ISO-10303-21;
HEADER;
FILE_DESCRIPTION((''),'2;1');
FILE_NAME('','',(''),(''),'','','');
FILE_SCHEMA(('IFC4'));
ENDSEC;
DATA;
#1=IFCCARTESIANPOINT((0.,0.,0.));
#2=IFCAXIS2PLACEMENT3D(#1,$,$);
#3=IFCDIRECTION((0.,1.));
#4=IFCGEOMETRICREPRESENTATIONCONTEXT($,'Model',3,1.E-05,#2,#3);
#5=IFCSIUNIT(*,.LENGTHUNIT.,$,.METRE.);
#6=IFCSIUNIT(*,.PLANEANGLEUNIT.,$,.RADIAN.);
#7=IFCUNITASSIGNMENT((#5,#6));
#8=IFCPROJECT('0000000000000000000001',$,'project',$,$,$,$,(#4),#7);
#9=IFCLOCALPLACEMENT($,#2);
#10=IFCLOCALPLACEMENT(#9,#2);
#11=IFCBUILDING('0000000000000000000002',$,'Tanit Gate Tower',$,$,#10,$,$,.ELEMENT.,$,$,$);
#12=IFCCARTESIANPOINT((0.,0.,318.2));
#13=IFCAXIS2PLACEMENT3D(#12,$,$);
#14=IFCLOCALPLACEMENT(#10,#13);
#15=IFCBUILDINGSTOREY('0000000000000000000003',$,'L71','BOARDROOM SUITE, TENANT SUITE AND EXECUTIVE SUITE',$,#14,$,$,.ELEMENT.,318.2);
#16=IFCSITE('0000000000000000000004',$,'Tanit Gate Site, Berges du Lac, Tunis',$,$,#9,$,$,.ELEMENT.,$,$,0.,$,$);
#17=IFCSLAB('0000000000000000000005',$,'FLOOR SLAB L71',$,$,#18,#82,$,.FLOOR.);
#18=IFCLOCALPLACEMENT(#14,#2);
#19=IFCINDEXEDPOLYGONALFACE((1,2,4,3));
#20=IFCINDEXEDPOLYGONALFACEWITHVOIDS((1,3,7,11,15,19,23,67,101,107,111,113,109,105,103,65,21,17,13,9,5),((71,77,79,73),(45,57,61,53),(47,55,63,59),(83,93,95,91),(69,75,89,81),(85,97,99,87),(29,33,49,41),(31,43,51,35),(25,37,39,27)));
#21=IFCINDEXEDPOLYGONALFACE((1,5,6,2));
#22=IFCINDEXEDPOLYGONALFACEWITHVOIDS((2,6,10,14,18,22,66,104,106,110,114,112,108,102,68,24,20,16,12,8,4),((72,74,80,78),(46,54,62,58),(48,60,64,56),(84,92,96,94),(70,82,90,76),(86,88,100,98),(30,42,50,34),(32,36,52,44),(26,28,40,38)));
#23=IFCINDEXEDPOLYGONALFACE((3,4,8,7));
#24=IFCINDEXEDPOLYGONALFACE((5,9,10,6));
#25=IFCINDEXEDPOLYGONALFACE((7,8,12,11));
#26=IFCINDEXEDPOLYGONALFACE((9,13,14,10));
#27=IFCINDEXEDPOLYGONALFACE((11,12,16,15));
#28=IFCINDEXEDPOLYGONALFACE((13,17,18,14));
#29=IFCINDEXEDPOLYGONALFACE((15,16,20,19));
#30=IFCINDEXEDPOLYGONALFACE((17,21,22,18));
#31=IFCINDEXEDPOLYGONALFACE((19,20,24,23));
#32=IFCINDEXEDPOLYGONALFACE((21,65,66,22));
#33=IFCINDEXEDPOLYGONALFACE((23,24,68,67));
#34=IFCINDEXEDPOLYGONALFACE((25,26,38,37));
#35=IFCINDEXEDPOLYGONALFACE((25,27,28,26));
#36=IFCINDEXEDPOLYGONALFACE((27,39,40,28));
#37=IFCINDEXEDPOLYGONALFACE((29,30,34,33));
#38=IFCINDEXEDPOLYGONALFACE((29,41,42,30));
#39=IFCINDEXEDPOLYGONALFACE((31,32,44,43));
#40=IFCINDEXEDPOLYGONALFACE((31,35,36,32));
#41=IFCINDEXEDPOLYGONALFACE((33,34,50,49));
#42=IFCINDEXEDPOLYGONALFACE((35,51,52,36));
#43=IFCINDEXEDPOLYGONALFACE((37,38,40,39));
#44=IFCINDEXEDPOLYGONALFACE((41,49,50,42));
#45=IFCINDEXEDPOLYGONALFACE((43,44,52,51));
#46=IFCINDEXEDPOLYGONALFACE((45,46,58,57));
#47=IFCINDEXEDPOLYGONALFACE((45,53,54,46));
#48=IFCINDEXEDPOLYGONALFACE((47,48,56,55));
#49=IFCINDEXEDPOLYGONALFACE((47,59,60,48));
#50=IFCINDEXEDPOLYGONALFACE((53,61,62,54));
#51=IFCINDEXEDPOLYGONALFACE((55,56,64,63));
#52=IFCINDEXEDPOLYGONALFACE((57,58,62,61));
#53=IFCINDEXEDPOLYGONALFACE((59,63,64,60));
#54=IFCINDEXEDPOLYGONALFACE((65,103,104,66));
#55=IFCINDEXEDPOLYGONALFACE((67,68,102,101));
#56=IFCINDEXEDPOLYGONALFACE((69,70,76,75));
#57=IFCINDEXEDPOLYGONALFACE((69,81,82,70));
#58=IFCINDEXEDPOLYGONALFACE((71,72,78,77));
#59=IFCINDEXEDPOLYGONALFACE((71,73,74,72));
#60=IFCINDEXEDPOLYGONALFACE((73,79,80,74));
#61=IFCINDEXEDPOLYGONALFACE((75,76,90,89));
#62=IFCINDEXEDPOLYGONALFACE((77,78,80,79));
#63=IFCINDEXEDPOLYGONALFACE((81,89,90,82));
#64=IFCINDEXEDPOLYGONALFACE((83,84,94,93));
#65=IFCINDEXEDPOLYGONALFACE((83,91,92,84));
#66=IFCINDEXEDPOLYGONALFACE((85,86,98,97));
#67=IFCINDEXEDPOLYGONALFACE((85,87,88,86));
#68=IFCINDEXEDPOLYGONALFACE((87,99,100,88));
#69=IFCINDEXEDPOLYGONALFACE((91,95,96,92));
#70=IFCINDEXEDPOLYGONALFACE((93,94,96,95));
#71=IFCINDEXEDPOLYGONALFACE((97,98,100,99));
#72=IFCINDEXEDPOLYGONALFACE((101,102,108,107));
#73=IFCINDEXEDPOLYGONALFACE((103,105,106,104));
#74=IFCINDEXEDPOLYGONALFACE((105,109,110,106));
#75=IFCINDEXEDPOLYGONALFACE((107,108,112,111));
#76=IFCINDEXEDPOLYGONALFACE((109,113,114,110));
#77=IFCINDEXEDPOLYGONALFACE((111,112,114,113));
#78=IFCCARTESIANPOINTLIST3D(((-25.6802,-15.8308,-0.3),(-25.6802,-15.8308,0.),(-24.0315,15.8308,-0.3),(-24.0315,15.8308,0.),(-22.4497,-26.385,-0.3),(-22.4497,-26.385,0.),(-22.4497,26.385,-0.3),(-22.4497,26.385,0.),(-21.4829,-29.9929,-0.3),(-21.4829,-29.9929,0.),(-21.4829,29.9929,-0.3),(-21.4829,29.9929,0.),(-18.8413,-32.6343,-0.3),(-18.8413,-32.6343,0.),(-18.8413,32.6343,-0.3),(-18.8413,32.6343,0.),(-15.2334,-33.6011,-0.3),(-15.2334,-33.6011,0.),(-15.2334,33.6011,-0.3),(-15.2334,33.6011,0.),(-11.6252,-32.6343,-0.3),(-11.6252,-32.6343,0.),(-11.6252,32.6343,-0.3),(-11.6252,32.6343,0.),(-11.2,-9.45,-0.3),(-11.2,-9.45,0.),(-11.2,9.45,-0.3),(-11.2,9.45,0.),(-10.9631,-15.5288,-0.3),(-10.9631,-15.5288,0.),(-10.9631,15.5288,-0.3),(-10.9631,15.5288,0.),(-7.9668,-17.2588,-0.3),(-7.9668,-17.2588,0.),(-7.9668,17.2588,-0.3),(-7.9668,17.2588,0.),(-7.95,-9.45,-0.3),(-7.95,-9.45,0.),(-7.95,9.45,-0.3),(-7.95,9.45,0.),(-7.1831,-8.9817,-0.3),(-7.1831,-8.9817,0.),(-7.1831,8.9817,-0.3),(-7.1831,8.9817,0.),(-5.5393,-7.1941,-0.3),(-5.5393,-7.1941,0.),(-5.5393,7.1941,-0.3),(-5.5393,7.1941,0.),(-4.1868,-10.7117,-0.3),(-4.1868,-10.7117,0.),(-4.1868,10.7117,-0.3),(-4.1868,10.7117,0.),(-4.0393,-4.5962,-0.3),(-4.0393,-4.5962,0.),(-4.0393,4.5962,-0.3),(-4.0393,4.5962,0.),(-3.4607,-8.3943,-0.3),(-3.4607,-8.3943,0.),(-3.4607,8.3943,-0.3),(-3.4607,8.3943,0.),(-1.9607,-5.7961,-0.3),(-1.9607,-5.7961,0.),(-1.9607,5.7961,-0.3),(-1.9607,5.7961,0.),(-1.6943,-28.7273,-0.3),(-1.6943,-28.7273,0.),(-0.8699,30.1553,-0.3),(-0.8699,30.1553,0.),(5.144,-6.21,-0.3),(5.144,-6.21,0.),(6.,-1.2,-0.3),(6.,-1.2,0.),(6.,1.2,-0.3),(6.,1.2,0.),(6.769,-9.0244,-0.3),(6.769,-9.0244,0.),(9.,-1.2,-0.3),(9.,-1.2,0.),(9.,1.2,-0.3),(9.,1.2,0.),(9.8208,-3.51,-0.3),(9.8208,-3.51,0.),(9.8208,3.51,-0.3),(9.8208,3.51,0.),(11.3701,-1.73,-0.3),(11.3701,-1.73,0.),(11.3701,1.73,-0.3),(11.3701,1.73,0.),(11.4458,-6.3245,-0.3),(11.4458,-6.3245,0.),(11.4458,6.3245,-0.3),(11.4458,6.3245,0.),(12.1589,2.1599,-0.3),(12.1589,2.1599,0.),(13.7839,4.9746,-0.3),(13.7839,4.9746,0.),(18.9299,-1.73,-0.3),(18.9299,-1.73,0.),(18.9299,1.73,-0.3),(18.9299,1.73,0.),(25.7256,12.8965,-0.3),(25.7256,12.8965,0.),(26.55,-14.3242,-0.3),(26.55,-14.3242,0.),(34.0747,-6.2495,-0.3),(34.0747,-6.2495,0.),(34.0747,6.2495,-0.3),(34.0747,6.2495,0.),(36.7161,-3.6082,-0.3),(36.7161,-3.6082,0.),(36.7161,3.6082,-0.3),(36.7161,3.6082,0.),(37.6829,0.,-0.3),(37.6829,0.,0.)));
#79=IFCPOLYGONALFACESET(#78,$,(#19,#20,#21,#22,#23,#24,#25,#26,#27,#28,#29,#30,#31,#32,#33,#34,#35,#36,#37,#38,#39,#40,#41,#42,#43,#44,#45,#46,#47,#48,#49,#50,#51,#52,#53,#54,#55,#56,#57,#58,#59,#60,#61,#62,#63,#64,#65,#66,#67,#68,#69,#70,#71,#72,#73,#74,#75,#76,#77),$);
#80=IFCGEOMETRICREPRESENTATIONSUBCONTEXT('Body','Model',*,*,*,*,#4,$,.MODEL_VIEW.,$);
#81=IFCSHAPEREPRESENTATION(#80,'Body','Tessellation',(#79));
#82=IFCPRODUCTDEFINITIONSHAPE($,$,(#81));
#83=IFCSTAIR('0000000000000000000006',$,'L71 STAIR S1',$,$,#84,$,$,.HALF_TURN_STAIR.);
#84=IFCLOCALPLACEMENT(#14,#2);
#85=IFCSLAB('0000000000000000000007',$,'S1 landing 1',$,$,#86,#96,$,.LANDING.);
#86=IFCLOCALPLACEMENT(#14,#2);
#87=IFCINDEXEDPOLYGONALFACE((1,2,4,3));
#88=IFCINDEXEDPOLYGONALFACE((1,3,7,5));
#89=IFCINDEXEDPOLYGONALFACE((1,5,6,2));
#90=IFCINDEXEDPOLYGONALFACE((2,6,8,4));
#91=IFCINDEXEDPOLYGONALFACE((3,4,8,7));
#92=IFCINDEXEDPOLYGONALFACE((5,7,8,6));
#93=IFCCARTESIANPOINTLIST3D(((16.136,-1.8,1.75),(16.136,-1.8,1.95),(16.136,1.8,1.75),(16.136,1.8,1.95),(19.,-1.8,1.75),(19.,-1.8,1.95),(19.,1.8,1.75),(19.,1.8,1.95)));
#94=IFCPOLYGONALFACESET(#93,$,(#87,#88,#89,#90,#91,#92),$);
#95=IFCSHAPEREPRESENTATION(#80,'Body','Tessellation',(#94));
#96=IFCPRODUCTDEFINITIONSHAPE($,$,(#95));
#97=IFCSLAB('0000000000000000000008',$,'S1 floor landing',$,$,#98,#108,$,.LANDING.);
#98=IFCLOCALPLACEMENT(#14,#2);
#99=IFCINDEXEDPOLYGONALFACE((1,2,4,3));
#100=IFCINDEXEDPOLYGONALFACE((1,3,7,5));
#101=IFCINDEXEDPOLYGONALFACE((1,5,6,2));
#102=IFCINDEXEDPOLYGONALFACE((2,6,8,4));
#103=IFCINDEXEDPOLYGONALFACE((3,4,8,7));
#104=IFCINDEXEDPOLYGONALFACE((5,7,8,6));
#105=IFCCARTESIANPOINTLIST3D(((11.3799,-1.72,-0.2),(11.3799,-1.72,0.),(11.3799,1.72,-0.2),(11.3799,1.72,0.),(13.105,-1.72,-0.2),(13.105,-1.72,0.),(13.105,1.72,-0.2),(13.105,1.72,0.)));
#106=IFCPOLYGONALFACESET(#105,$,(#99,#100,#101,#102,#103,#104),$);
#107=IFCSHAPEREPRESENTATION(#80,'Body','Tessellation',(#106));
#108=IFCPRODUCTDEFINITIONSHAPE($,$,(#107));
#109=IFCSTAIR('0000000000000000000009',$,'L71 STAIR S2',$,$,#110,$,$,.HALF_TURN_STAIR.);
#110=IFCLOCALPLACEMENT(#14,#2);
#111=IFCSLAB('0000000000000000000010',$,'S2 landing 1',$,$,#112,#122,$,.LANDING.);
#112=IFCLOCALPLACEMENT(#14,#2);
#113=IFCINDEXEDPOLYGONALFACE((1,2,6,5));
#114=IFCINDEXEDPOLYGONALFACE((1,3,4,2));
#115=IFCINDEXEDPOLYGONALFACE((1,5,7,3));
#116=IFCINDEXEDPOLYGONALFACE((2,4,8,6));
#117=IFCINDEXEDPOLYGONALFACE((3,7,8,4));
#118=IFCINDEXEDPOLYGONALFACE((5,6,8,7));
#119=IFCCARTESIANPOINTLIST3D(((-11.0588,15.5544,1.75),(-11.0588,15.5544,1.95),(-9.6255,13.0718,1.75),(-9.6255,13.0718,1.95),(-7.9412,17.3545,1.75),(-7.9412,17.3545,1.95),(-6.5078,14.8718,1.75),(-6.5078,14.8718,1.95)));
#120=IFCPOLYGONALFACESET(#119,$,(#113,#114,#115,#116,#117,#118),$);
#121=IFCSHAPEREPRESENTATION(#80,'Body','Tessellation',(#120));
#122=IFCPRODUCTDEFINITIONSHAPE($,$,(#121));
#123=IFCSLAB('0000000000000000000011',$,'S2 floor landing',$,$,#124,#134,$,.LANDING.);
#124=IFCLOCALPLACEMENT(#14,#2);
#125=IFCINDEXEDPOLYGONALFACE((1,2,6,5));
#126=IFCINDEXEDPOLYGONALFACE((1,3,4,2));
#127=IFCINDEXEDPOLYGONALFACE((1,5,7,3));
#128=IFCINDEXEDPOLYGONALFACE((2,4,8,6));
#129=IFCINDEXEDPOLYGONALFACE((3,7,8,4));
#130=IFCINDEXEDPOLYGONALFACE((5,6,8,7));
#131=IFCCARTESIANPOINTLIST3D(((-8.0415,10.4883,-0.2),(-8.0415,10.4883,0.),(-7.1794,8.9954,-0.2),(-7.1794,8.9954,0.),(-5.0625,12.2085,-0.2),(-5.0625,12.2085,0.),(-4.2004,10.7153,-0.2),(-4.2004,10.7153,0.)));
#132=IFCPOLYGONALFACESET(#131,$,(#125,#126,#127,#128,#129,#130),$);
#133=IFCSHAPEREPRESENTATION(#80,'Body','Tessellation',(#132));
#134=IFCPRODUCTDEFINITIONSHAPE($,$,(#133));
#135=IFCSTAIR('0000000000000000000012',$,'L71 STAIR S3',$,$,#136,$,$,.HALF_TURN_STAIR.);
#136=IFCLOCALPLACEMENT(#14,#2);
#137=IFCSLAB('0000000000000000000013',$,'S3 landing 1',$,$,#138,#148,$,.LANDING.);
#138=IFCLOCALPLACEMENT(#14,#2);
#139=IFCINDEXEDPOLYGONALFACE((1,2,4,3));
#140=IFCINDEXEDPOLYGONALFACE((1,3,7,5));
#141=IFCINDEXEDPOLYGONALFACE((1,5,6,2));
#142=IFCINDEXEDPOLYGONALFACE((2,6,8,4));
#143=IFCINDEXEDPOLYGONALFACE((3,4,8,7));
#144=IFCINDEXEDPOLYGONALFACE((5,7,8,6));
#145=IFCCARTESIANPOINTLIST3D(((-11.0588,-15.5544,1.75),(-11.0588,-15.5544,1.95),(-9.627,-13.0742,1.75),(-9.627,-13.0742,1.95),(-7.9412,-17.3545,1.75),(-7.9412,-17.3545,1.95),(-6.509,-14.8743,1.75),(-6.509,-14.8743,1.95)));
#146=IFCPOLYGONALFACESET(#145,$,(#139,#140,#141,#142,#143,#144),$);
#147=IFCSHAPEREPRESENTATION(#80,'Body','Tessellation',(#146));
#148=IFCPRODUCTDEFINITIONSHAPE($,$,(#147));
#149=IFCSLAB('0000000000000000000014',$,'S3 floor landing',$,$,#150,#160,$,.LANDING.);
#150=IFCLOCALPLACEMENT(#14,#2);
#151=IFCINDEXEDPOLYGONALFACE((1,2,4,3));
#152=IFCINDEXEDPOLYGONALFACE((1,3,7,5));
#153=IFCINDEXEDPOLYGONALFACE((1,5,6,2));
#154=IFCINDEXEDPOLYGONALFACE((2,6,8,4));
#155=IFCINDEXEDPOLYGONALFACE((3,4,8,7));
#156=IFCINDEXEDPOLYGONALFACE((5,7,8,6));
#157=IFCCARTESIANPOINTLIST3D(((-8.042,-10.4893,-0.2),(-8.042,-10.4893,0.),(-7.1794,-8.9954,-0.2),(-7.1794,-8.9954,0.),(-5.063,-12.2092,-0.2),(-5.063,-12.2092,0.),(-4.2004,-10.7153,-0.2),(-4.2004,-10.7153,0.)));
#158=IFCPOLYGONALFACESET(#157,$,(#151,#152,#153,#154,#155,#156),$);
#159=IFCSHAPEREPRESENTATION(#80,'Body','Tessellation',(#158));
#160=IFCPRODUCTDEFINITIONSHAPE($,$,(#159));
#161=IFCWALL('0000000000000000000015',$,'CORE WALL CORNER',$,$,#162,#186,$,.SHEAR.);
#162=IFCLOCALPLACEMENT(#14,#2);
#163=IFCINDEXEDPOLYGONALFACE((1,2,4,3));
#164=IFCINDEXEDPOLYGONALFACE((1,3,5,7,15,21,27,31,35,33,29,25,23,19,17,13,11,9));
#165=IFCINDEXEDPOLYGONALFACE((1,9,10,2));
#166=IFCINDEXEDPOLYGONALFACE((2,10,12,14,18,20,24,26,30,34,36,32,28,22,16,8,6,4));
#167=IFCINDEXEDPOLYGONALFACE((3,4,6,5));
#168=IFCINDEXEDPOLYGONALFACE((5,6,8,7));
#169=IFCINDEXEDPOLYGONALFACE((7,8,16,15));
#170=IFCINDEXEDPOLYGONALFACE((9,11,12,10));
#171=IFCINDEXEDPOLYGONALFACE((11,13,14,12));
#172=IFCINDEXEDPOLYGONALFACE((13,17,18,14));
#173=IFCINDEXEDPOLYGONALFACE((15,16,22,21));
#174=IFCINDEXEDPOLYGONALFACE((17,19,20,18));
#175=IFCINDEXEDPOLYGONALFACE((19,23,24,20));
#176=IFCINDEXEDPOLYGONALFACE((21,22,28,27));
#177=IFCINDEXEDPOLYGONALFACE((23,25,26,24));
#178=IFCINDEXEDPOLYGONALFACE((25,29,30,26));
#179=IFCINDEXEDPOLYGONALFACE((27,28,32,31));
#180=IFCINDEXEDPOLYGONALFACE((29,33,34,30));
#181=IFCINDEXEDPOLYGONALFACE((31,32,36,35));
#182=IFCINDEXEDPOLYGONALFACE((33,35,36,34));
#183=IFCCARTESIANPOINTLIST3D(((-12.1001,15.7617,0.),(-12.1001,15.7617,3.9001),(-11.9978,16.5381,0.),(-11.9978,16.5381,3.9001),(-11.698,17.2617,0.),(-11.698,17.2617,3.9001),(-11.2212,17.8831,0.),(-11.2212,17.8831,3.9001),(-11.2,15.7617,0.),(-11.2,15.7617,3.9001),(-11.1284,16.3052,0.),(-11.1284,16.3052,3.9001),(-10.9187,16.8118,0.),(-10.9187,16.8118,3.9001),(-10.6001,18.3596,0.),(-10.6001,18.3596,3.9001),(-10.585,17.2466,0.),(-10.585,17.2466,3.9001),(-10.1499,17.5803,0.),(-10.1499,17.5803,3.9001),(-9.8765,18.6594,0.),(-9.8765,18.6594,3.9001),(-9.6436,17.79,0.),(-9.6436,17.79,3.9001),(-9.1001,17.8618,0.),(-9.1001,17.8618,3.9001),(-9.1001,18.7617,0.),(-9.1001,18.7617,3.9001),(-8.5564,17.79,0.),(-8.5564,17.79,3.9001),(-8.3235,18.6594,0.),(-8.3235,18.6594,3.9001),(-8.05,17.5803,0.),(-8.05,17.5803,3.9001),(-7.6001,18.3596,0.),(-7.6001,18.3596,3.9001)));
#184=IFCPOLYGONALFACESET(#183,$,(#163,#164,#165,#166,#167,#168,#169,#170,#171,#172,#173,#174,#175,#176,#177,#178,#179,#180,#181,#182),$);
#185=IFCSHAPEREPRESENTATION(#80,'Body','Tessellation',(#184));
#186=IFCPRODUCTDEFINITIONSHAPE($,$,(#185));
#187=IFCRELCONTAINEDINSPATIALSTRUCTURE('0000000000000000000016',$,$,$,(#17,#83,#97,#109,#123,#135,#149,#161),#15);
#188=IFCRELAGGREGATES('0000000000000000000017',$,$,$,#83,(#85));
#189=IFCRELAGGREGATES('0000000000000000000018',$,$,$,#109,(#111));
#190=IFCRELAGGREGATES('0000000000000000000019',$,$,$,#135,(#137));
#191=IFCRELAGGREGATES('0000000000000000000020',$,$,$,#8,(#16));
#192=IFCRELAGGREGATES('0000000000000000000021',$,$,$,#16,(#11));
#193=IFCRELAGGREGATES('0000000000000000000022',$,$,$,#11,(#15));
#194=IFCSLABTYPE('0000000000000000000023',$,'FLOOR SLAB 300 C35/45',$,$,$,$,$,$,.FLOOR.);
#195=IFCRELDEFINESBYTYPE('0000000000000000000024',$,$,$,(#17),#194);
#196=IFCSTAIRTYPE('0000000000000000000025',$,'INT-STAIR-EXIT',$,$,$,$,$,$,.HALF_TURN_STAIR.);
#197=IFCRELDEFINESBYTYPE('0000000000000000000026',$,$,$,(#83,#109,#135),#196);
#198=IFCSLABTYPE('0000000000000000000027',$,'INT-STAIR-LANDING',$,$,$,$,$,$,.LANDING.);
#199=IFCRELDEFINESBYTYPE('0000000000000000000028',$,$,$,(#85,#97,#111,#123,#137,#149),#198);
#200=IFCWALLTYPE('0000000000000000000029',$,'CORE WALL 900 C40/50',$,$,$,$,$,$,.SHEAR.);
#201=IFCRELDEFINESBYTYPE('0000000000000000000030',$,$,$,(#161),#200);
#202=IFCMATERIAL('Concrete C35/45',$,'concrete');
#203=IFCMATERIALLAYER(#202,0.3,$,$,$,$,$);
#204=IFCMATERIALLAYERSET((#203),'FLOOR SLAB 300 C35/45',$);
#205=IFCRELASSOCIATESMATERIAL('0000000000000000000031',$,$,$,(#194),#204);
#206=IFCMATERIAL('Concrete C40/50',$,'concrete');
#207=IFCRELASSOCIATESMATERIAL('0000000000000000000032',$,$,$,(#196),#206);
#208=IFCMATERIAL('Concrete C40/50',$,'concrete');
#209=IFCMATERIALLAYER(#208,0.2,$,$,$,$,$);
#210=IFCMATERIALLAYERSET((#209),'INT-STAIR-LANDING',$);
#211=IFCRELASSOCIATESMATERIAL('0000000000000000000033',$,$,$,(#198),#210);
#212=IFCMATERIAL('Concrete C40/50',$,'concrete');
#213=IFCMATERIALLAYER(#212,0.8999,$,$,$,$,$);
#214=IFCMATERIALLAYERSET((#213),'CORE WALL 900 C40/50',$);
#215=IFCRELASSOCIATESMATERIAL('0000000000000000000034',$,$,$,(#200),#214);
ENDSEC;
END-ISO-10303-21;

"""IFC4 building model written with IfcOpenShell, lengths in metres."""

from ifc_helpers import new_model, si_unit, direction, frame, origin, place, context, subcontext, project, spatial, polyline, outline, extrude, material, layer, layer_set, type_object, element, aggregate, save


model = new_model("IFC4")

# Units and contexts
model_context = context("Model", 3, precision=1e-05, world=origin(), true_north=direction((0.0, 1.0)))
body_context = subcontext(model_context, "Body", "Model", "MODEL_VIEW")
ifc_project = project(units=[si_unit("LENGTHUNIT", "METRE"), si_unit("PLANEANGLEUNIT", "RADIAN")], contexts=[model_context])

# Site, building, storey
site_placement = place(None, origin())
site = spatial("IfcSite", under=ifc_project, at=site_placement, Name="Tanit Gate Site, Berges du Lac, Tunis", CompositionType="ELEMENT", RefElevation=0.0)
building_placement = place(site_placement, origin())
building = spatial("IfcBuilding", under=site, at=building_placement, Name="Tanit Gate Tower", CompositionType="ELEMENT")
storey_placement = place(building_placement, frame((0.0, 0.0, 318.2)))
storey = spatial("IfcBuildingStorey", under=building, at=storey_placement, Name="L71", Description="BOARDROOM SUITE, TENANT SUITE AND EXECUTIVE SUITE", CompositionType="ELEMENT", Elevation=318.2)

# Slab
ifc_material_1 = material(Name="Concrete C35/45", Category="concrete")
ifc_layer_1 = layer(ifc_material_1, 0.3)
ifc_layer_set_1 = layer_set([ifc_layer_1], Name="FLOOR SLAB 300 C35/45")
slab_type_1 = type_object("IfcSlabType", Name="FLOOR SLAB 300 C35/45", PredefinedType="FLOOR", material=ifc_layer_set_1)
slab_1_placement = place(storey_placement, frame((0.0, 0.0, -0.3)))
element("IfcSlab", 1, at=slab_1_placement, inside=storey, type_object=slab_type_1, Name="FLOOR SLAB L71", PredefinedType="FLOOR", context=body_context, shape_type="SweptSolid", body=[
    extrude(outline(polyline([(34.0747, 6.2495), (36.7161, 3.6082), (37.6829, 0.0), (36.7161, -3.6082), (34.0747, -6.2495), (26.55, -14.3242), (-1.6943, -28.7273), (-11.6252, -32.6343), (-15.2334, -33.6011), (-18.8413, -32.6343), (-21.4829, -29.9929), (-22.4497, -26.385), (-25.6802, -15.8308), (-24.0315, 15.8308), (-22.4497, 26.385), (-21.4829, 29.9929), (-18.8413, 32.6343), (-15.2334, 33.6011), (-11.6252, 32.6343), (-0.8699, 30.1553), (25.7256, 12.8965), (34.0747, 6.2495)]), holes=[polyline([(11.3701, 1.73), (18.9299, 1.73), (18.9299, -1.73), (11.3701, -1.73), (11.3701, 1.73)]), polyline([(12.1589, 2.1599), (9.8208, 3.51), (11.4458, 6.3245), (13.7839, 4.9746), (12.1589, 2.1599)]), polyline([(11.4458, -6.3245), (6.769, -9.0244), (5.144, -6.21), (9.8208, -3.51), (11.4458, -6.3245)]), polyline([(6.0, 1.2), (9.0, 1.2), (9.0, -1.2), (6.0, -1.2), (6.0, 1.2)]), polyline([(-4.0393, 4.5962), (-5.5393, 7.1941), (-3.4607, 8.3943), (-1.9607, 5.7961), (-4.0393, 4.5962)]), polyline([(-1.9607, -5.7961), (-3.4607, -8.3943), (-5.5393, -7.1941), (-4.0393, -4.5962), (-1.9607, -5.7961)]), polyline([(-7.1831, 8.9817), (-10.9631, 15.5288), (-7.9668, 17.2588), (-4.1868, 10.7117), (-7.1831, 8.9817)]), polyline([(-4.1868, -10.7117), (-7.9668, -17.2588), (-10.9631, -15.5288), (-7.1831, -8.9817), (-4.1868, -10.7117)]), polyline([(-11.2, -9.45), (-11.2, 9.45), (-7.95, 9.45), (-7.95, -9.45), (-11.2, -9.45)])]), origin(), (0.0, 0.0, 1.0), 0.3),
])

# Stair, slab
ifc_material_2 = material(Name="Concrete C40/50", Category="concrete")
stair_type = type_object("IfcStairType", Name="INT-STAIR-EXIT", PredefinedType="HALF_TURN_STAIR", material=ifc_material_2)
stair_1_placement = place(storey_placement, origin())
stair_1 = element("IfcStair", 2, at=stair_1_placement, inside=storey, type_object=stair_type, Name="L71 STAIR S1", PredefinedType="HALF_TURN_STAIR")
ifc_material_3 = material(Name="Concrete C40/50", Category="concrete")
ifc_layer_2 = layer(ifc_material_3, 0.2)
ifc_layer_set_2 = layer_set([ifc_layer_2], Name="INT-STAIR-LANDING")
slab_type_2 = type_object("IfcSlabType", Name="INT-STAIR-LANDING", PredefinedType="LANDING", material=ifc_layer_set_2)
slab_2_placement = place(storey_placement, frame((0.0, 0.0, 1.75)))
slab_2 = element("IfcSlab", 3, at=slab_2_placement, type_object=slab_type_2, Name="S1 landing 1", PredefinedType="LANDING", context=body_context, shape_type="SweptSolid", body=[
    extrude(outline(polyline([(16.136, -1.8), (19.0, -1.8), (19.0, 1.8), (16.136, 1.8), (16.136, -1.8)])), origin(), (0.0, 0.0, 1.0), 0.2),
])
aggregate(stair_1, [slab_2])

# Slab
slab_3_placement = place(storey_placement, frame((0.0, 0.0, -0.2)))
element("IfcSlab", 4, at=slab_3_placement, inside=storey, type_object=slab_type_2, Name="S1 floor landing", PredefinedType="LANDING", context=body_context, shape_type="SweptSolid", body=[
    extrude(outline(polyline([(11.3799, -1.72), (13.105, -1.72), (13.105, 1.72), (11.3799, 1.72), (11.3799, -1.72)])), origin(), (0.0, 0.0, 1.0), 0.2),
])

# Stair, slab
stair_2_placement = place(storey_placement, origin())
stair_2 = element("IfcStair", 5, at=stair_2_placement, inside=storey, type_object=stair_type, Name="L71 STAIR S2", PredefinedType="HALF_TURN_STAIR")
slab_4_placement = place(storey_placement, frame((0.0, 0.0, 1.75)))
slab_4 = element("IfcSlab", 6, at=slab_4_placement, type_object=slab_type_2, Name="S2 landing 1", PredefinedType="LANDING", context=body_context, shape_type="SweptSolid", body=[
    extrude(outline(polyline([(-6.5078, 14.8718), (-7.9412, 17.3545), (-11.0588, 15.5544), (-9.6255, 13.0718), (-6.5078, 14.8718)])), origin(), (0.0, 0.0, 1.0), 0.2),
])
aggregate(stair_2, [slab_4])

# Slab
slab_5_placement = place(storey_placement, frame((0.0, 0.0, -0.2)))
element("IfcSlab", 7, at=slab_5_placement, inside=storey, type_object=slab_type_2, Name="S2 floor landing", PredefinedType="LANDING", context=body_context, shape_type="SweptSolid", body=[
    extrude(outline(polyline([(-4.2004, 10.7153), (-5.0625, 12.2085), (-8.0415, 10.4883), (-7.1794, 8.9954), (-4.2004, 10.7153)])), origin(), (0.0, 0.0, 1.0), 0.2),
])

# Stair, slab
stair_3_placement = place(storey_placement, origin())
stair_3 = element("IfcStair", 8, at=stair_3_placement, inside=storey, type_object=stair_type, Name="L71 STAIR S3", PredefinedType="HALF_TURN_STAIR")
slab_6_placement = place(storey_placement, frame((0.0, 0.0, 1.75)))
slab_6 = element("IfcSlab", 9, at=slab_6_placement, type_object=slab_type_2, Name="S3 landing 1", PredefinedType="LANDING", context=body_context, shape_type="SweptSolid", body=[
    extrude(outline(polyline([(-9.627, -13.0742), (-11.0588, -15.5544), (-7.9412, -17.3545), (-6.509, -14.8743), (-9.627, -13.0742)])), origin(), (0.0, 0.0, 1.0), 0.2),
])
aggregate(stair_3, [slab_6])

# Slab
slab_7_placement = place(storey_placement, frame((0.0, 0.0, -0.2)))
element("IfcSlab", 10, at=slab_7_placement, inside=storey, type_object=slab_type_2, Name="S3 floor landing", PredefinedType="LANDING", context=body_context, shape_type="SweptSolid", body=[
    extrude(outline(polyline([(-7.1794, -8.9954), (-8.042, -10.4893), (-5.063, -12.2092), (-4.2004, -10.7153), (-7.1794, -8.9954)])), origin(), (0.0, 0.0, 1.0), 0.2),
])

# Wall
ifc_material_4 = material(Name="Concrete C40/50", Category="concrete")
ifc_layer_3 = layer(ifc_material_4, 0.8999)
ifc_layer_set_3 = layer_set([ifc_layer_3], Name="CORE WALL 900 C40/50")
wall_type_1 = type_object("IfcWallType", Name="CORE WALL 900 C40/50", PredefinedType="SHEAR", material=ifc_layer_set_3)
wall_1_placement = place(storey_placement, origin())
element("IfcWall", 11, at=wall_1_placement, inside=storey, type_object=wall_type_1, Name="CORE WALL CORNER", PredefinedType="SHEAR", context=body_context, shape_type="SweptSolid", body=[
    extrude(outline(polyline([(-7.6001, 18.3596), (-8.3235, 18.6594), (-9.1001, 18.7617), (-9.8765, 18.6594), (-10.6001, 18.3596), (-11.2212, 17.8831), (-11.698, 17.2617), (-11.9978, 16.5381), (-12.1001, 15.7617), (-11.2, 15.7617), (-11.1284, 16.3052), (-10.9187, 16.8118), (-10.585, 17.2466), (-10.1499, 17.5803), (-9.6436, 17.79), (-9.1001, 17.8618), (-8.5564, 17.79), (-8.05, 17.5803), (-7.6001, 18.3596)])), origin(), (0.0, 0.0, 1.0), 3.9001),
])

save(model, "model.ifc")
